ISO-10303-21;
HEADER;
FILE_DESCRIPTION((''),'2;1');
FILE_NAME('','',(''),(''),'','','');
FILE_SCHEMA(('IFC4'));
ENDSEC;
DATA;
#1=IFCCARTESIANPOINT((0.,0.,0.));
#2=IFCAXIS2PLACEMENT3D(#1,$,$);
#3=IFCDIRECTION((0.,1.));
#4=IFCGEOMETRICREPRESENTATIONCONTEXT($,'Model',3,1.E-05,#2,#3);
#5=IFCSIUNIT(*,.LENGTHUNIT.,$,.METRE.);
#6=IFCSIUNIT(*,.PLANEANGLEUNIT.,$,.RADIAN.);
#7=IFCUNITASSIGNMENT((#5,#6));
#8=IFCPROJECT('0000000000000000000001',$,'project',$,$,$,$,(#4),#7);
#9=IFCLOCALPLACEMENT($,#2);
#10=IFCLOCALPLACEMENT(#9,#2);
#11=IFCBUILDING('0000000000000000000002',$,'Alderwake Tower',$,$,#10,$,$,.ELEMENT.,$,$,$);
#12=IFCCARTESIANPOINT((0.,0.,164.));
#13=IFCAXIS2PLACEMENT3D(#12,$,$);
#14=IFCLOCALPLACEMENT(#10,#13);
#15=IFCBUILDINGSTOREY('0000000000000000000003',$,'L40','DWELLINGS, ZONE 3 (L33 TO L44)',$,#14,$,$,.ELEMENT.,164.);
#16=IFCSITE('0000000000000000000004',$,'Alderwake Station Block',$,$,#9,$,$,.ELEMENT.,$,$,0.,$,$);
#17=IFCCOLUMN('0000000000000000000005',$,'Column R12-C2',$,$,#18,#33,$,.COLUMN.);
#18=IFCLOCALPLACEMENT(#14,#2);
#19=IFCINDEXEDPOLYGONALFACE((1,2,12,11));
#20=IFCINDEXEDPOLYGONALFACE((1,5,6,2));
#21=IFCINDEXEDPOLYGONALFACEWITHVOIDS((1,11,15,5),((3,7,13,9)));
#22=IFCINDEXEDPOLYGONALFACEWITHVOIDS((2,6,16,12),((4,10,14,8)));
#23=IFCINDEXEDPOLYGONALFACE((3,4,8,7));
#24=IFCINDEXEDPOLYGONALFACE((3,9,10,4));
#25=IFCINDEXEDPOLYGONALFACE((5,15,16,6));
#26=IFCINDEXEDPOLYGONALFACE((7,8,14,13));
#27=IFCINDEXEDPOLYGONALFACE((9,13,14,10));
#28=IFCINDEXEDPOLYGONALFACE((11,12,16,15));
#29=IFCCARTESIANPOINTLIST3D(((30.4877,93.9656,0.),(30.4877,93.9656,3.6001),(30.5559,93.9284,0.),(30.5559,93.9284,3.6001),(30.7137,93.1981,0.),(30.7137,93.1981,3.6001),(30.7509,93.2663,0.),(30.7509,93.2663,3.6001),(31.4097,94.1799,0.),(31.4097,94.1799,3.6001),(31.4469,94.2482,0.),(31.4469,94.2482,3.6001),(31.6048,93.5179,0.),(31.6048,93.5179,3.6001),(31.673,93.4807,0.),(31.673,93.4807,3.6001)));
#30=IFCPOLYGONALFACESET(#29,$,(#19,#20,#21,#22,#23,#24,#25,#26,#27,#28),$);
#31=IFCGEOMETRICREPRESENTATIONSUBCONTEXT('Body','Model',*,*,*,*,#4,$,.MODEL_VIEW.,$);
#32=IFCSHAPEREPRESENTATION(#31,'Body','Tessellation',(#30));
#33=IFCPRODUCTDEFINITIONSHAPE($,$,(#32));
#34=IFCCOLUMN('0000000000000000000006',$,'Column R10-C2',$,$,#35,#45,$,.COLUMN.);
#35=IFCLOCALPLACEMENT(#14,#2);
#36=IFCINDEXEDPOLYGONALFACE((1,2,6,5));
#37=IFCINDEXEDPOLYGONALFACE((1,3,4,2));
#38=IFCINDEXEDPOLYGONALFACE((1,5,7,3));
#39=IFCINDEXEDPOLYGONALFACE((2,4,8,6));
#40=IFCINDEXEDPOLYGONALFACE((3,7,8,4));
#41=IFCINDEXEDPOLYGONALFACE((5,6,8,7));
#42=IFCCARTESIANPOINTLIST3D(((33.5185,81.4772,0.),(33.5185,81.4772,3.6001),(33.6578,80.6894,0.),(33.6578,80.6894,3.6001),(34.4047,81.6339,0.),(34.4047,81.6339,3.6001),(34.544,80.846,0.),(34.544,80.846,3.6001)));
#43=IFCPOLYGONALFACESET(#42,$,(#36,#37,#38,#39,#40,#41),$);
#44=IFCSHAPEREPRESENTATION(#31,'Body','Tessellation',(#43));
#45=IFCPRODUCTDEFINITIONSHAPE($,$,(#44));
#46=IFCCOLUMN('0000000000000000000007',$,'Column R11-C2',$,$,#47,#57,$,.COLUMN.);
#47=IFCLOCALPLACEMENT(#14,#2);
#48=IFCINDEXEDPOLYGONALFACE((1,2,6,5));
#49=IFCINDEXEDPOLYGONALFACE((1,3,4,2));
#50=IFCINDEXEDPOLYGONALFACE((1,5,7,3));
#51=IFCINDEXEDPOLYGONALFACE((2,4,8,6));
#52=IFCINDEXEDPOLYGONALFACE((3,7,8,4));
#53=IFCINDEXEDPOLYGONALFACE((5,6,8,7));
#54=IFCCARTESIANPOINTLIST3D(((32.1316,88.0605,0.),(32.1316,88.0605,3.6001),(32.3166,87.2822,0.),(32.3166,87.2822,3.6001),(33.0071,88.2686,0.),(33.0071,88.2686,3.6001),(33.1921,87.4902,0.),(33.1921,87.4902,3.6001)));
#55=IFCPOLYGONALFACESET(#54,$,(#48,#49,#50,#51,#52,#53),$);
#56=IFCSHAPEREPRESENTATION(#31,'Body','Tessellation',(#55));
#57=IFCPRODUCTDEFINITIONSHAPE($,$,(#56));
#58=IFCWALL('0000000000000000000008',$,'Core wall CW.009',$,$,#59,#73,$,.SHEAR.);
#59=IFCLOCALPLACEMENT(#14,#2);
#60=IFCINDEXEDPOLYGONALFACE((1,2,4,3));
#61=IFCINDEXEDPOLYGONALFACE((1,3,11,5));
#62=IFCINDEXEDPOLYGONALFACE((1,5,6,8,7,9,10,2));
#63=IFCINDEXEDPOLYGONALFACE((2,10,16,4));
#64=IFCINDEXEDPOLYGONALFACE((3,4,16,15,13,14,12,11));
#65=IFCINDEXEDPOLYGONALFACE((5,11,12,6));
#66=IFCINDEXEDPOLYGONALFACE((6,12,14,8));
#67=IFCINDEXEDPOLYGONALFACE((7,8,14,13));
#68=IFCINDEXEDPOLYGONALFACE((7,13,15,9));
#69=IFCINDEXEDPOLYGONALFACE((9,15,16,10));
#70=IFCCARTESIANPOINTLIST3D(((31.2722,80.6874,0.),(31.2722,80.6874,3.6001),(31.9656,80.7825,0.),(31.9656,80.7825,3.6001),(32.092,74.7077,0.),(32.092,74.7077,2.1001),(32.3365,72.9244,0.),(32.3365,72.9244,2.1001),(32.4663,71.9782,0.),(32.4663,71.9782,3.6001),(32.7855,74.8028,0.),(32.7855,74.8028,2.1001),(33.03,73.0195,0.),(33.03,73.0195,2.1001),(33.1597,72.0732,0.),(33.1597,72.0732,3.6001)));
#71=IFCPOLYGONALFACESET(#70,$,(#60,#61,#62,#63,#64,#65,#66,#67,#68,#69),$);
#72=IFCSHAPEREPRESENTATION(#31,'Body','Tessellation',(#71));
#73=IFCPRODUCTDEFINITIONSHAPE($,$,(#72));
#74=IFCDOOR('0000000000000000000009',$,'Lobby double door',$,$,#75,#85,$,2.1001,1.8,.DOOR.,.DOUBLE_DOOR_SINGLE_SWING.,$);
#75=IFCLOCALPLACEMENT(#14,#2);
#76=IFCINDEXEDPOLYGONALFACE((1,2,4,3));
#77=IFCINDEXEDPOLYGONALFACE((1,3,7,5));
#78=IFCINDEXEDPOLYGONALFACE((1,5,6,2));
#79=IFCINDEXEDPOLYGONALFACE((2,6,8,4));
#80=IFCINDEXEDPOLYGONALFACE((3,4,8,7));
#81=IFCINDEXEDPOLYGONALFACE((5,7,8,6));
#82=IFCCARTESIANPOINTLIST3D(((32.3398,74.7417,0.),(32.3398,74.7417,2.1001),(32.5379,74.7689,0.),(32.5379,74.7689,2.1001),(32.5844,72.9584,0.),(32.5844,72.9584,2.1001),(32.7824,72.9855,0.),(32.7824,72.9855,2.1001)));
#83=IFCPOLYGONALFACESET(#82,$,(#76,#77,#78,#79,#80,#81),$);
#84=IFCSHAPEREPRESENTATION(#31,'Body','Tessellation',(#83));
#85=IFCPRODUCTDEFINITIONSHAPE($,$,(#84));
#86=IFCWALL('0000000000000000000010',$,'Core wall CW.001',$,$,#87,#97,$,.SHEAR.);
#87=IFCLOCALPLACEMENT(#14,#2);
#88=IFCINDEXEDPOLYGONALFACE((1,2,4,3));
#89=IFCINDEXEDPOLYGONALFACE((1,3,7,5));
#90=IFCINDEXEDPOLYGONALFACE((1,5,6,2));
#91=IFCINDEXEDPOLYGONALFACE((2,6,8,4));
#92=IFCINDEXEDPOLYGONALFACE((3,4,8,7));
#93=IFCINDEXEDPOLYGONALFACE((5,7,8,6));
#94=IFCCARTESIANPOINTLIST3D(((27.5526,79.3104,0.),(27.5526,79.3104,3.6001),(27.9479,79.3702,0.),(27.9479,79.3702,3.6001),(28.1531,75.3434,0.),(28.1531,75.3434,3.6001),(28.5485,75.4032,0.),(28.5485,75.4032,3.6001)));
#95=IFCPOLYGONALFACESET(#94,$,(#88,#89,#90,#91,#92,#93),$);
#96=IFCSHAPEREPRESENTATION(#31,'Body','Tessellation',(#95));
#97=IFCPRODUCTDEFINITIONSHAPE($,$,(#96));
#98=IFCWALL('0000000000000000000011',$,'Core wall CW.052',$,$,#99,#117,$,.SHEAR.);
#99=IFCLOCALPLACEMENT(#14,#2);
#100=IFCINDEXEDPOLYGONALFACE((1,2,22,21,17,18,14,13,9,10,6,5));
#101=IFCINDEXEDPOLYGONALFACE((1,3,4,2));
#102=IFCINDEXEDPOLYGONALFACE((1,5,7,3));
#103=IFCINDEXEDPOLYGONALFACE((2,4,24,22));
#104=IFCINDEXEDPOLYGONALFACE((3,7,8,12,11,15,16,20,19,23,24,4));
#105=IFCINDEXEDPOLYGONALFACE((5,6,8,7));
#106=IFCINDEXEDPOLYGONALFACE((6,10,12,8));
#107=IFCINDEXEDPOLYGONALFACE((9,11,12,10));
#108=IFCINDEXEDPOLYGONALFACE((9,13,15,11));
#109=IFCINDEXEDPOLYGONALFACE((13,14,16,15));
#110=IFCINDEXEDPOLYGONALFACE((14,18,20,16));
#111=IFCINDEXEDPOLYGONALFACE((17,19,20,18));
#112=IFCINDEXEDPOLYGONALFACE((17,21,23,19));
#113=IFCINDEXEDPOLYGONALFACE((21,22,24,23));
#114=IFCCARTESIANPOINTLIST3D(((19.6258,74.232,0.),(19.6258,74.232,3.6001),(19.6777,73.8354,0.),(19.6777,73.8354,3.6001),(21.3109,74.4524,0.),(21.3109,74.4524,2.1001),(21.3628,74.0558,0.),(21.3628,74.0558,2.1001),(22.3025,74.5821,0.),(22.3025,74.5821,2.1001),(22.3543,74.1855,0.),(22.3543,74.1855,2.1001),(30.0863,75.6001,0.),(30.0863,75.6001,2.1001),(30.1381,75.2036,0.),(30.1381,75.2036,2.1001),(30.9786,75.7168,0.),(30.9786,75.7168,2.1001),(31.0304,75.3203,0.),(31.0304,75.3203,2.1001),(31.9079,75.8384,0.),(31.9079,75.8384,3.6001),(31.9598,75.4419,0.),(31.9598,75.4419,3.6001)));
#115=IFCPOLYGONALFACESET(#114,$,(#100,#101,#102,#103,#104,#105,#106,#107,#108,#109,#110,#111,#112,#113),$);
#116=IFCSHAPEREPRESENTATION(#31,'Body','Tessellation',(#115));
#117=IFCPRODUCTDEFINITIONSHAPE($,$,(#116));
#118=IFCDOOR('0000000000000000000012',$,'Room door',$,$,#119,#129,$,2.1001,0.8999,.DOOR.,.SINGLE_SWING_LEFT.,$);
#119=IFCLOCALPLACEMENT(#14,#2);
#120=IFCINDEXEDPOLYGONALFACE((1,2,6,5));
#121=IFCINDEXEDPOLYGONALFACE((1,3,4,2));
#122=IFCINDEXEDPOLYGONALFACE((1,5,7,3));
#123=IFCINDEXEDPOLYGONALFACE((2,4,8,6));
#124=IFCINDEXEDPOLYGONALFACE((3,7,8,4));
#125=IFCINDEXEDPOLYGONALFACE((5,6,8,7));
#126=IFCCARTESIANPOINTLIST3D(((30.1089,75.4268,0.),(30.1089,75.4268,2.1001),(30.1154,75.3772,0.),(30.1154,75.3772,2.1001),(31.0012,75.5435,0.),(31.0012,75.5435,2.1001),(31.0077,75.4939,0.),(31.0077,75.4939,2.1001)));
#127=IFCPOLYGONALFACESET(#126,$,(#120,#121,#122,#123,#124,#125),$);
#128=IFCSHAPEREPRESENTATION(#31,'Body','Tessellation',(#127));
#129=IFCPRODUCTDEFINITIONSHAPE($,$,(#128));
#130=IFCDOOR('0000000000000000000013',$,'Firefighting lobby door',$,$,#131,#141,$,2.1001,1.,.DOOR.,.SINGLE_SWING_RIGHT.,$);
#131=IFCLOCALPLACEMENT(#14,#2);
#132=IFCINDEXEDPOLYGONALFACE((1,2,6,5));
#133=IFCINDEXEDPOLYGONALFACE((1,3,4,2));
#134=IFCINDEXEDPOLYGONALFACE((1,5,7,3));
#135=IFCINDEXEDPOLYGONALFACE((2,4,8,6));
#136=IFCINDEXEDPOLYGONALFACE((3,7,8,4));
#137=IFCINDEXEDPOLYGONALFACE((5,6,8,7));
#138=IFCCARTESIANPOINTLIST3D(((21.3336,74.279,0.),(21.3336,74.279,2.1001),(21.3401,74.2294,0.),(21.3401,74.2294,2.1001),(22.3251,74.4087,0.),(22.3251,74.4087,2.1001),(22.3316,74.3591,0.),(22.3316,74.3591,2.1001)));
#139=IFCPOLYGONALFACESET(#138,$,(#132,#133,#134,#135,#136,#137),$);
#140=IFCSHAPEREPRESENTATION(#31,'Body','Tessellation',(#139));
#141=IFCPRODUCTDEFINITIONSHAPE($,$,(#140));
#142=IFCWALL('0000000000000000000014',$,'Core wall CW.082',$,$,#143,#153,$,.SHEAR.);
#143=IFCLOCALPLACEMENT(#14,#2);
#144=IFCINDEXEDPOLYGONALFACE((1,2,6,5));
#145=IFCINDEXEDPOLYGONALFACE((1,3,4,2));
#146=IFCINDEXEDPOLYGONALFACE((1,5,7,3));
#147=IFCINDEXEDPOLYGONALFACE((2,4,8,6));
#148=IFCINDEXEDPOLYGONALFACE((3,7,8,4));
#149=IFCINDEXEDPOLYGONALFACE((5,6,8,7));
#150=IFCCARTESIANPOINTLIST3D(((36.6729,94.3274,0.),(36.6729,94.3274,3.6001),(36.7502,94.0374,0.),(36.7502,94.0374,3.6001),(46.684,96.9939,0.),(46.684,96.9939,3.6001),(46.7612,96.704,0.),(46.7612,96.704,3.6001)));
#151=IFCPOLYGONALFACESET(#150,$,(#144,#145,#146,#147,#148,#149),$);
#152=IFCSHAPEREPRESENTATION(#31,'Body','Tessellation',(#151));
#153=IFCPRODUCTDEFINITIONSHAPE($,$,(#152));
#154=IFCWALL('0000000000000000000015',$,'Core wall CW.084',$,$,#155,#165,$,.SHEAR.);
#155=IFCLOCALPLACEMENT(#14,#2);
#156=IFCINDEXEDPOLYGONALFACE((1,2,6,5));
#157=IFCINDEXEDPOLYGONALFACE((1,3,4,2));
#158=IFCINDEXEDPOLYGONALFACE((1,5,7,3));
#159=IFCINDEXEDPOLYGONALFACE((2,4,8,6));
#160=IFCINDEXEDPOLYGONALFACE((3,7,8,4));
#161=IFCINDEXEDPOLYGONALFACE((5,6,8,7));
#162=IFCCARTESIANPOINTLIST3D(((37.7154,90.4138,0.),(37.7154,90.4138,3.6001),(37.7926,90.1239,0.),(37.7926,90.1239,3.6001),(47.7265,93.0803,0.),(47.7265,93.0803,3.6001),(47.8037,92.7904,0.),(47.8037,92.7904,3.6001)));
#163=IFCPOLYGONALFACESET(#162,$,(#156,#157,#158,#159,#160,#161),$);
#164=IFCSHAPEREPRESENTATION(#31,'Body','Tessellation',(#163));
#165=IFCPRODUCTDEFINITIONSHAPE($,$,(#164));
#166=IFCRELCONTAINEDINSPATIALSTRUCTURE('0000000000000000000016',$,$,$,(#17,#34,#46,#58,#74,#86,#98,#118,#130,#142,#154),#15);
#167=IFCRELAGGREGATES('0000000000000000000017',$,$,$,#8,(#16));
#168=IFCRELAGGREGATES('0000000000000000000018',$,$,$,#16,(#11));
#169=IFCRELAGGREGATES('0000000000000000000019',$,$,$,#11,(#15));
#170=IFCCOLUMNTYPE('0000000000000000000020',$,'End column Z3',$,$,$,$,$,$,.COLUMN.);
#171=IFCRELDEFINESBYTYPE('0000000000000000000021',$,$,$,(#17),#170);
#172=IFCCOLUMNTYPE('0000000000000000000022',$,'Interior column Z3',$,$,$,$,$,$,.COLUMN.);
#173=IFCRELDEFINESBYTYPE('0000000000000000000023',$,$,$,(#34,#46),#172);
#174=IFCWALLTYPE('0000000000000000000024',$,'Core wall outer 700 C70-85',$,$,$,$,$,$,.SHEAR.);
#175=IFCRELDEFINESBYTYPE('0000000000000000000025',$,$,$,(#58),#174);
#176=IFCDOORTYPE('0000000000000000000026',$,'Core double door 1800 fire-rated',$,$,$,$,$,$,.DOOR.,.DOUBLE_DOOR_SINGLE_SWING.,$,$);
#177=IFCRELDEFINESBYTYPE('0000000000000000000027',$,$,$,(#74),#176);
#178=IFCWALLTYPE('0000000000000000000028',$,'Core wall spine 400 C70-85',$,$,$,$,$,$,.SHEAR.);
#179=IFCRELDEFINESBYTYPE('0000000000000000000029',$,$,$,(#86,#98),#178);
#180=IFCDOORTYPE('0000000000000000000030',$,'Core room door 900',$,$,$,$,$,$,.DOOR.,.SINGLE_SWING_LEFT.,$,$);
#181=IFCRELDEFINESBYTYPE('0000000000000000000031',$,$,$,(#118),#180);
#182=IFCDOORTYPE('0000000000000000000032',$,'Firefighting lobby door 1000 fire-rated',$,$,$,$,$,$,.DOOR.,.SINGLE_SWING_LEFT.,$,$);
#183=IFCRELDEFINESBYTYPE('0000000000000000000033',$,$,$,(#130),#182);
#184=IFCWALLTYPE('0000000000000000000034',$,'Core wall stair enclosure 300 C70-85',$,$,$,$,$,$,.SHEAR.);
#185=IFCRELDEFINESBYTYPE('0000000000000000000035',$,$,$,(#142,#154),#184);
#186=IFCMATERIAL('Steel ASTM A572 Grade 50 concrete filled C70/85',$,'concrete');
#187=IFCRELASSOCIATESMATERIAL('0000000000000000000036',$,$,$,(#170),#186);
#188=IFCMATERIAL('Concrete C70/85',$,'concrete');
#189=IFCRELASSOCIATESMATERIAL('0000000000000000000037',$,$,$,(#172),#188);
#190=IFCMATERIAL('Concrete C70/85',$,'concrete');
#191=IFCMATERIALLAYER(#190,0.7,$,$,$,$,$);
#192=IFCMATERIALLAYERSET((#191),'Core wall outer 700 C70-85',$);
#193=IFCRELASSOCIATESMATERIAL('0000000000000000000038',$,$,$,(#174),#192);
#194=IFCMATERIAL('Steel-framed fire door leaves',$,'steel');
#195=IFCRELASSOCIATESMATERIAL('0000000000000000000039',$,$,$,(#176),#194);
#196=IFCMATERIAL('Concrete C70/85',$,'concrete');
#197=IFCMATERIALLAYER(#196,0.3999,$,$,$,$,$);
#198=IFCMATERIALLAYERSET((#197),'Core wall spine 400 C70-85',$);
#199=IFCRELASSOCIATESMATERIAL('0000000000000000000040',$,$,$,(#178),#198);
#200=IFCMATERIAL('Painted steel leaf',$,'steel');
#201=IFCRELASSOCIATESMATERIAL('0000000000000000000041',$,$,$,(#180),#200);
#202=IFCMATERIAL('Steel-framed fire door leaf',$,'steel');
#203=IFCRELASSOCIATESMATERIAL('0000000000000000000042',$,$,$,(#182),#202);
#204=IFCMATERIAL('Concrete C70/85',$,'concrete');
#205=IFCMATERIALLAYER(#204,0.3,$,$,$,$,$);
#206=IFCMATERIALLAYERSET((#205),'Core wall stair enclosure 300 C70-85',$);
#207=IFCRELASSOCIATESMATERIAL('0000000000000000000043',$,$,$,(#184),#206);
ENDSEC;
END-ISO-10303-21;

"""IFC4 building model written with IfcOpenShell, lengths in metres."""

from ifc_helpers import new_model, si_unit, direction, frame, frame_2d, origin, origin_2d, place, context, subcontext, project, spatial, rectangle, hollow_rectangle, extrude, material, layer, layer_set, material_profile, profile_set, type_object, element, fill, save


model = new_model("IFC4")

# Units and contexts
model_context = context("Model", 3, precision=1e-05, world=origin(), true_north=direction((0.0, 1.0)))
body_context = subcontext(model_context, "Body", "Model", "MODEL_VIEW")
ifc_project = project(units=[si_unit("LENGTHUNIT", "METRE"), si_unit("PLANEANGLEUNIT", "RADIAN")], contexts=[model_context])

# Site, building, storey
site_placement = place(None, origin())
site = spatial("IfcSite", under=ifc_project, at=site_placement, Name="Alderwake Station Block", CompositionType="ELEMENT", RefElevation=0.0)
building_placement = place(site_placement, origin())
building = spatial("IfcBuilding", under=site, at=building_placement, Name="Alderwake Tower", CompositionType="ELEMENT")
storey_placement = place(building_placement, frame((0.0, 0.0, 164.0)))
storey = spatial("IfcBuildingStorey", under=building, at=storey_placement, Name="L40", Description="DWELLINGS, ZONE 3 (L33 TO L44)", CompositionType="ELEMENT", Elevation=164.0)

# Columns
ifc_material_1 = material(Name="Steel ASTM A572 Grade 50 concrete filled C70/85", Category="concrete")
ifc_material_profile_1 = material_profile(ifc_material_1, hollow_rectangle(XDim=0.8, YDim=1.0, WallThickness=0.0549, at=origin_2d()), Name="BOX 1000X800X55")
ifc_profile_set_1 = profile_set([ifc_material_profile_1], Name="Steel ASTM A572 Grade 50 concrete filled C70/85")
column_type_1 = type_object("IfcColumnType", Name="End column Z3", PredefinedType="COLUMN", material=ifc_profile_set_1)
column_placement = place(storey_placement, frame((31.0803, 93.7231, 0.0), z_axis=(0.0, 0.0, 1.0), x_axis=(-0.282583, 0.959243, 0.0)))
element("IfcColumn", 1, at=column_placement, inside=storey, type_object=column_type_1, Name="Column R12-C2", PredefinedType="COLUMN", context=body_context, shape_type="SweptSolid", body=[
    extrude(hollow_rectangle(XDim=0.8, YDim=1.0, WallThickness=0.0549, at=origin_2d()), origin(), (0.0, 0.0, 1.0), 3.6001),
])
ifc_material_2 = material(Name="Concrete C70/85", Category="concrete")
ifc_material_profile_2 = material_profile(ifc_material_2, rectangle(XDim=0.8, YDim=0.8999, at=origin_2d()), Name="RC 900X800")
ifc_profile_set_2 = profile_set([ifc_material_profile_2], Name="Concrete C70/85")
column_type_2 = type_object("IfcColumnType", Name="Interior column Z3", PredefinedType="COLUMN", material=ifc_profile_set_2)
for number, where, z_axis, x_axis, name in (
    (2, (34.0312, 81.1616, 0.0), (0.0, 0.0, 1.0), (-0.174109, 0.984726, 0.0), "Column R10-C2"),
    (3, (32.6619, 87.7754, 0.0), (0.0, 0.0, 1.0), (-0.231222, 0.972901, 0.0), "Column R11-C2"),
):
    element("IfcColumn", number, at=place(storey_placement, frame(where, z_axis=z_axis, x_axis=x_axis)), inside=storey, type_object=column_type_2, Name=name, PredefinedType="COLUMN", context=body_context, shape_type="SweptSolid", body=[
        extrude(rectangle(XDim=0.8, YDim=0.8999, at=origin_2d()), origin(), (0.0, 0.0, 1.0), 3.6001),
    ])

# Wall, opening, door
ifc_material_3 = material(Name="Concrete C70/85", Category="concrete")
ifc_layer_1 = layer(ifc_material_3, 0.7)
ifc_layer_set_1 = layer_set([ifc_layer_1], Name="Core wall outer 700 C70-85")
wall_type_1 = type_object("IfcWallType", Name="Core wall outer 700 C70-85", PredefinedType="SHEAR", material=ifc_layer_set_1)
wall_1_placement = place(storey_placement, frame((31.6189, 80.7351, 0.0), z_axis=(0.0, 0.0, 1.0), x_axis=(0.135836, -0.990731, 0.0)))
wall_1 = element("IfcWall", 4, at=wall_1_placement, inside=storey, type_object=wall_type_1, Name="Core wall CW.009", PredefinedType="SHEAR", context=body_context, shape_type="SweptSolid", body=[
    extrude(rectangle(XDim=8.7908, YDim=0.7, at=frame_2d((4.3955, 0.0))), origin(), (0.0, 0.0, 1.0), 3.6001),
])
opening_1_placement = place(wall_1_placement, frame((6.0359, 0.0, 0.0)))
opening_1 = element("IfcOpeningElement", 5, at=opening_1_placement, cuts=wall_1, PredefinedType="OPENING", context=body_context, shape_type="SweptSolid", body=[
    extrude(rectangle(XDim=1.8, YDim=2.1001, at=frame_2d((0.8999, 1.05))), frame((0.0, 0.3599, 0.0), z_axis=(0.0, -1.0, 0.0), x_axis=(1.0, 0.0, 0.0)), (0.0, 0.0, 1.0), 0.72),
])
ifc_material_4 = material(Name="Steel-framed fire door leaves", Category="steel")
door_type_1 = type_object("IfcDoorType", Name="Core double door 1800 fire-rated", OperationType="DOUBLE_DOOR_SINGLE_SWING", PredefinedType="DOOR", material=ifc_material_4)
door_1_placement = place(opening_1_placement, origin())
door_1 = element("IfcDoor", 6, at=door_1_placement, inside=storey, type_object=door_type_1, Name="Lobby double door", OperationType="DOUBLE_DOOR_SINGLE_SWING", OverallHeight=2.1001, OverallWidth=1.8, PredefinedType="DOOR", context=body_context, shape_type="SweptSolid", body=[
    extrude(rectangle(XDim=1.8, YDim=2.1001, at=frame_2d((0.8999, 1.05))), frame((0.0, 0.1001, 0.0), z_axis=(0.0, -1.0, 0.0), x_axis=(1.0, 0.0, 0.0)), (0.0, 0.0, 1.0), 0.2),
])
fill(opening_1, door_1)

# Wall
ifc_material_5 = material(Name="Concrete C70/85", Category="concrete")
ifc_layer_2 = layer(ifc_material_5, 0.3999)
ifc_layer_set_2 = layer_set([ifc_layer_2], Name="Core wall spine 400 C70-85")
wall_type_2 = type_object("IfcWallType", Name="Core wall spine 400 C70-85", PredefinedType="SHEAR", material=ifc_layer_set_2)
wall_2_placement = place(storey_placement, frame((28.3508, 75.3733, 0.0), z_axis=(0.0, 0.0, 1.0), x_axis=(-0.149688, 0.988733, 0.0)))
element("IfcWall", 7, at=wall_2_placement, inside=storey, type_object=wall_type_2, Name="Core wall CW.001", PredefinedType="SHEAR", context=body_context, shape_type="SweptSolid", body=[
    extrude(rectangle(XDim=4.0122, YDim=0.3999, at=frame_2d((2.0061, 0.0))), origin(), (0.0, 0.0, 1.0), 3.6001),
])

# Wall, openings, doors
wall_3_placement = place(storey_placement, frame((31.9338, 75.6401, 0.0), z_axis=(0.0, 0.0, 1.0), x_axis=(-0.991555, -0.12969, 0.0)))
wall_3 = element("IfcWall", 8, at=wall_3_placement, inside=storey, type_object=wall_type_2, Name="Core wall CW.052", PredefinedType="SHEAR", context=body_context, shape_type="SweptSolid", body=[
    extrude(rectangle(XDim=12.3867, YDim=0.3999, at=frame_2d((6.1934, 0.0))), origin(), (0.0, 0.0, 1.0), 3.6001),
])
opening_2_placement = place(wall_3_placement, frame((9.6873, 0.0, 0.0)))
opening_2 = element("IfcOpeningElement", 9, at=opening_2_placement, cuts=wall_3, PredefinedType="OPENING", context=body_context, shape_type="SweptSolid", body=[
    extrude(rectangle(XDim=1.0, YDim=2.1001, at=frame_2d((0.5, 1.05))), frame((0.0, 0.21, 0.0), z_axis=(0.0, -1.0, 0.0), x_axis=(1.0, 0.0, 0.0)), (0.0, 0.0, 1.0), 0.4199),
])
opening_3_placement = place(wall_3_placement, frame((0.9373, 0.0, 0.0)))
opening_3 = element("IfcOpeningElement", 10, at=opening_3_placement, cuts=wall_3, PredefinedType="OPENING", context=body_context, shape_type="SweptSolid", body=[
    extrude(rectangle(XDim=0.8999, YDim=2.1001, at=frame_2d((0.45, 1.05))), frame((0.0, 0.21, 0.0), z_axis=(0.0, -1.0, 0.0), x_axis=(1.0, 0.0, 0.0)), (0.0, 0.0, 1.0), 0.4199),
])
ifc_material_6 = material(Name="Painted steel leaf", Category="steel")
door_type_2 = type_object("IfcDoorType", Name="Core room door 900", OperationType="SINGLE_SWING_LEFT", PredefinedType="DOOR", material=ifc_material_6)
door_2_placement = place(opening_3_placement, origin())
door_2 = element("IfcDoor", 11, at=door_2_placement, inside=storey, type_object=door_type_2, Name="Room door", OperationType="SINGLE_SWING_LEFT", OverallHeight=2.1001, OverallWidth=0.8999, PredefinedType="DOOR", context=body_context, shape_type="SweptSolid", body=[
    extrude(rectangle(XDim=0.8999, YDim=2.1001, at=frame_2d((0.45, 1.05))), frame((0.0, 0.0249, 0.0), z_axis=(0.0, -1.0, 0.0), x_axis=(1.0, 0.0, 0.0)), (0.0, 0.0, 1.0), 0.05),
])
fill(opening_3, door_2)
ifc_material_7 = material(Name="Steel-framed fire door leaf", Category="steel")
door_type_3 = type_object("IfcDoorType", Name="Firefighting lobby door 1000 fire-rated", OperationType="SINGLE_SWING_LEFT", PredefinedType="DOOR", material=ifc_material_7)
door_3_placement = place(opening_2_placement, origin())
door_3 = element("IfcDoor", 12, at=door_3_placement, inside=storey, type_object=door_type_3, Name="Firefighting lobby door", OperationType="SINGLE_SWING_RIGHT", OverallHeight=2.1001, OverallWidth=1.0, PredefinedType="DOOR", context=body_context, shape_type="SweptSolid", body=[
    extrude(rectangle(XDim=1.0, YDim=2.1001, at=frame_2d((0.5, 1.05))), frame((0.0, 0.0249, 0.0), z_axis=(0.0, -1.0, 0.0), x_axis=(1.0, 0.0, 0.0)), (0.0, 0.0, 1.0), 0.05),
])
fill(opening_2, door_3)

# Walls
ifc_material_8 = material(Name="Concrete C70/85", Category="concrete")
ifc_layer_3 = layer(ifc_material_8, 0.3)
ifc_layer_set_3 = layer_set([ifc_layer_3], Name="Core wall stair enclosure 300 C70-85")
wall_type_3 = type_object("IfcWallType", Name="Core wall stair enclosure 300 C70-85", PredefinedType="SHEAR", material=ifc_layer_set_3)
for number, where, z_axis, x_axis, name in (
    (13, (36.7114, 94.1824, 0.0), (0.0, 0.0, 1.0), (0.966309, 0.257384, 0.0), "Core wall CW.082"),
    (14, (37.7539, 90.2688, 0.0), (0.0, 0.0, 1.0), (0.966309, 0.257384, 0.0), "Core wall CW.084"),
):
    element("IfcWall", number, at=place(storey_placement, frame(where, z_axis=z_axis, x_axis=x_axis)), inside=storey, type_object=wall_type_3, Name=name, PredefinedType="SHEAR", context=body_context, shape_type="SweptSolid", body=[
        extrude(rectangle(XDim=10.3601, YDim=0.3, at=frame_2d((5.1802, 0.0))), origin(), (0.0, 0.0, 1.0), 3.6001),
    ])

save(model, "model.ifc")
